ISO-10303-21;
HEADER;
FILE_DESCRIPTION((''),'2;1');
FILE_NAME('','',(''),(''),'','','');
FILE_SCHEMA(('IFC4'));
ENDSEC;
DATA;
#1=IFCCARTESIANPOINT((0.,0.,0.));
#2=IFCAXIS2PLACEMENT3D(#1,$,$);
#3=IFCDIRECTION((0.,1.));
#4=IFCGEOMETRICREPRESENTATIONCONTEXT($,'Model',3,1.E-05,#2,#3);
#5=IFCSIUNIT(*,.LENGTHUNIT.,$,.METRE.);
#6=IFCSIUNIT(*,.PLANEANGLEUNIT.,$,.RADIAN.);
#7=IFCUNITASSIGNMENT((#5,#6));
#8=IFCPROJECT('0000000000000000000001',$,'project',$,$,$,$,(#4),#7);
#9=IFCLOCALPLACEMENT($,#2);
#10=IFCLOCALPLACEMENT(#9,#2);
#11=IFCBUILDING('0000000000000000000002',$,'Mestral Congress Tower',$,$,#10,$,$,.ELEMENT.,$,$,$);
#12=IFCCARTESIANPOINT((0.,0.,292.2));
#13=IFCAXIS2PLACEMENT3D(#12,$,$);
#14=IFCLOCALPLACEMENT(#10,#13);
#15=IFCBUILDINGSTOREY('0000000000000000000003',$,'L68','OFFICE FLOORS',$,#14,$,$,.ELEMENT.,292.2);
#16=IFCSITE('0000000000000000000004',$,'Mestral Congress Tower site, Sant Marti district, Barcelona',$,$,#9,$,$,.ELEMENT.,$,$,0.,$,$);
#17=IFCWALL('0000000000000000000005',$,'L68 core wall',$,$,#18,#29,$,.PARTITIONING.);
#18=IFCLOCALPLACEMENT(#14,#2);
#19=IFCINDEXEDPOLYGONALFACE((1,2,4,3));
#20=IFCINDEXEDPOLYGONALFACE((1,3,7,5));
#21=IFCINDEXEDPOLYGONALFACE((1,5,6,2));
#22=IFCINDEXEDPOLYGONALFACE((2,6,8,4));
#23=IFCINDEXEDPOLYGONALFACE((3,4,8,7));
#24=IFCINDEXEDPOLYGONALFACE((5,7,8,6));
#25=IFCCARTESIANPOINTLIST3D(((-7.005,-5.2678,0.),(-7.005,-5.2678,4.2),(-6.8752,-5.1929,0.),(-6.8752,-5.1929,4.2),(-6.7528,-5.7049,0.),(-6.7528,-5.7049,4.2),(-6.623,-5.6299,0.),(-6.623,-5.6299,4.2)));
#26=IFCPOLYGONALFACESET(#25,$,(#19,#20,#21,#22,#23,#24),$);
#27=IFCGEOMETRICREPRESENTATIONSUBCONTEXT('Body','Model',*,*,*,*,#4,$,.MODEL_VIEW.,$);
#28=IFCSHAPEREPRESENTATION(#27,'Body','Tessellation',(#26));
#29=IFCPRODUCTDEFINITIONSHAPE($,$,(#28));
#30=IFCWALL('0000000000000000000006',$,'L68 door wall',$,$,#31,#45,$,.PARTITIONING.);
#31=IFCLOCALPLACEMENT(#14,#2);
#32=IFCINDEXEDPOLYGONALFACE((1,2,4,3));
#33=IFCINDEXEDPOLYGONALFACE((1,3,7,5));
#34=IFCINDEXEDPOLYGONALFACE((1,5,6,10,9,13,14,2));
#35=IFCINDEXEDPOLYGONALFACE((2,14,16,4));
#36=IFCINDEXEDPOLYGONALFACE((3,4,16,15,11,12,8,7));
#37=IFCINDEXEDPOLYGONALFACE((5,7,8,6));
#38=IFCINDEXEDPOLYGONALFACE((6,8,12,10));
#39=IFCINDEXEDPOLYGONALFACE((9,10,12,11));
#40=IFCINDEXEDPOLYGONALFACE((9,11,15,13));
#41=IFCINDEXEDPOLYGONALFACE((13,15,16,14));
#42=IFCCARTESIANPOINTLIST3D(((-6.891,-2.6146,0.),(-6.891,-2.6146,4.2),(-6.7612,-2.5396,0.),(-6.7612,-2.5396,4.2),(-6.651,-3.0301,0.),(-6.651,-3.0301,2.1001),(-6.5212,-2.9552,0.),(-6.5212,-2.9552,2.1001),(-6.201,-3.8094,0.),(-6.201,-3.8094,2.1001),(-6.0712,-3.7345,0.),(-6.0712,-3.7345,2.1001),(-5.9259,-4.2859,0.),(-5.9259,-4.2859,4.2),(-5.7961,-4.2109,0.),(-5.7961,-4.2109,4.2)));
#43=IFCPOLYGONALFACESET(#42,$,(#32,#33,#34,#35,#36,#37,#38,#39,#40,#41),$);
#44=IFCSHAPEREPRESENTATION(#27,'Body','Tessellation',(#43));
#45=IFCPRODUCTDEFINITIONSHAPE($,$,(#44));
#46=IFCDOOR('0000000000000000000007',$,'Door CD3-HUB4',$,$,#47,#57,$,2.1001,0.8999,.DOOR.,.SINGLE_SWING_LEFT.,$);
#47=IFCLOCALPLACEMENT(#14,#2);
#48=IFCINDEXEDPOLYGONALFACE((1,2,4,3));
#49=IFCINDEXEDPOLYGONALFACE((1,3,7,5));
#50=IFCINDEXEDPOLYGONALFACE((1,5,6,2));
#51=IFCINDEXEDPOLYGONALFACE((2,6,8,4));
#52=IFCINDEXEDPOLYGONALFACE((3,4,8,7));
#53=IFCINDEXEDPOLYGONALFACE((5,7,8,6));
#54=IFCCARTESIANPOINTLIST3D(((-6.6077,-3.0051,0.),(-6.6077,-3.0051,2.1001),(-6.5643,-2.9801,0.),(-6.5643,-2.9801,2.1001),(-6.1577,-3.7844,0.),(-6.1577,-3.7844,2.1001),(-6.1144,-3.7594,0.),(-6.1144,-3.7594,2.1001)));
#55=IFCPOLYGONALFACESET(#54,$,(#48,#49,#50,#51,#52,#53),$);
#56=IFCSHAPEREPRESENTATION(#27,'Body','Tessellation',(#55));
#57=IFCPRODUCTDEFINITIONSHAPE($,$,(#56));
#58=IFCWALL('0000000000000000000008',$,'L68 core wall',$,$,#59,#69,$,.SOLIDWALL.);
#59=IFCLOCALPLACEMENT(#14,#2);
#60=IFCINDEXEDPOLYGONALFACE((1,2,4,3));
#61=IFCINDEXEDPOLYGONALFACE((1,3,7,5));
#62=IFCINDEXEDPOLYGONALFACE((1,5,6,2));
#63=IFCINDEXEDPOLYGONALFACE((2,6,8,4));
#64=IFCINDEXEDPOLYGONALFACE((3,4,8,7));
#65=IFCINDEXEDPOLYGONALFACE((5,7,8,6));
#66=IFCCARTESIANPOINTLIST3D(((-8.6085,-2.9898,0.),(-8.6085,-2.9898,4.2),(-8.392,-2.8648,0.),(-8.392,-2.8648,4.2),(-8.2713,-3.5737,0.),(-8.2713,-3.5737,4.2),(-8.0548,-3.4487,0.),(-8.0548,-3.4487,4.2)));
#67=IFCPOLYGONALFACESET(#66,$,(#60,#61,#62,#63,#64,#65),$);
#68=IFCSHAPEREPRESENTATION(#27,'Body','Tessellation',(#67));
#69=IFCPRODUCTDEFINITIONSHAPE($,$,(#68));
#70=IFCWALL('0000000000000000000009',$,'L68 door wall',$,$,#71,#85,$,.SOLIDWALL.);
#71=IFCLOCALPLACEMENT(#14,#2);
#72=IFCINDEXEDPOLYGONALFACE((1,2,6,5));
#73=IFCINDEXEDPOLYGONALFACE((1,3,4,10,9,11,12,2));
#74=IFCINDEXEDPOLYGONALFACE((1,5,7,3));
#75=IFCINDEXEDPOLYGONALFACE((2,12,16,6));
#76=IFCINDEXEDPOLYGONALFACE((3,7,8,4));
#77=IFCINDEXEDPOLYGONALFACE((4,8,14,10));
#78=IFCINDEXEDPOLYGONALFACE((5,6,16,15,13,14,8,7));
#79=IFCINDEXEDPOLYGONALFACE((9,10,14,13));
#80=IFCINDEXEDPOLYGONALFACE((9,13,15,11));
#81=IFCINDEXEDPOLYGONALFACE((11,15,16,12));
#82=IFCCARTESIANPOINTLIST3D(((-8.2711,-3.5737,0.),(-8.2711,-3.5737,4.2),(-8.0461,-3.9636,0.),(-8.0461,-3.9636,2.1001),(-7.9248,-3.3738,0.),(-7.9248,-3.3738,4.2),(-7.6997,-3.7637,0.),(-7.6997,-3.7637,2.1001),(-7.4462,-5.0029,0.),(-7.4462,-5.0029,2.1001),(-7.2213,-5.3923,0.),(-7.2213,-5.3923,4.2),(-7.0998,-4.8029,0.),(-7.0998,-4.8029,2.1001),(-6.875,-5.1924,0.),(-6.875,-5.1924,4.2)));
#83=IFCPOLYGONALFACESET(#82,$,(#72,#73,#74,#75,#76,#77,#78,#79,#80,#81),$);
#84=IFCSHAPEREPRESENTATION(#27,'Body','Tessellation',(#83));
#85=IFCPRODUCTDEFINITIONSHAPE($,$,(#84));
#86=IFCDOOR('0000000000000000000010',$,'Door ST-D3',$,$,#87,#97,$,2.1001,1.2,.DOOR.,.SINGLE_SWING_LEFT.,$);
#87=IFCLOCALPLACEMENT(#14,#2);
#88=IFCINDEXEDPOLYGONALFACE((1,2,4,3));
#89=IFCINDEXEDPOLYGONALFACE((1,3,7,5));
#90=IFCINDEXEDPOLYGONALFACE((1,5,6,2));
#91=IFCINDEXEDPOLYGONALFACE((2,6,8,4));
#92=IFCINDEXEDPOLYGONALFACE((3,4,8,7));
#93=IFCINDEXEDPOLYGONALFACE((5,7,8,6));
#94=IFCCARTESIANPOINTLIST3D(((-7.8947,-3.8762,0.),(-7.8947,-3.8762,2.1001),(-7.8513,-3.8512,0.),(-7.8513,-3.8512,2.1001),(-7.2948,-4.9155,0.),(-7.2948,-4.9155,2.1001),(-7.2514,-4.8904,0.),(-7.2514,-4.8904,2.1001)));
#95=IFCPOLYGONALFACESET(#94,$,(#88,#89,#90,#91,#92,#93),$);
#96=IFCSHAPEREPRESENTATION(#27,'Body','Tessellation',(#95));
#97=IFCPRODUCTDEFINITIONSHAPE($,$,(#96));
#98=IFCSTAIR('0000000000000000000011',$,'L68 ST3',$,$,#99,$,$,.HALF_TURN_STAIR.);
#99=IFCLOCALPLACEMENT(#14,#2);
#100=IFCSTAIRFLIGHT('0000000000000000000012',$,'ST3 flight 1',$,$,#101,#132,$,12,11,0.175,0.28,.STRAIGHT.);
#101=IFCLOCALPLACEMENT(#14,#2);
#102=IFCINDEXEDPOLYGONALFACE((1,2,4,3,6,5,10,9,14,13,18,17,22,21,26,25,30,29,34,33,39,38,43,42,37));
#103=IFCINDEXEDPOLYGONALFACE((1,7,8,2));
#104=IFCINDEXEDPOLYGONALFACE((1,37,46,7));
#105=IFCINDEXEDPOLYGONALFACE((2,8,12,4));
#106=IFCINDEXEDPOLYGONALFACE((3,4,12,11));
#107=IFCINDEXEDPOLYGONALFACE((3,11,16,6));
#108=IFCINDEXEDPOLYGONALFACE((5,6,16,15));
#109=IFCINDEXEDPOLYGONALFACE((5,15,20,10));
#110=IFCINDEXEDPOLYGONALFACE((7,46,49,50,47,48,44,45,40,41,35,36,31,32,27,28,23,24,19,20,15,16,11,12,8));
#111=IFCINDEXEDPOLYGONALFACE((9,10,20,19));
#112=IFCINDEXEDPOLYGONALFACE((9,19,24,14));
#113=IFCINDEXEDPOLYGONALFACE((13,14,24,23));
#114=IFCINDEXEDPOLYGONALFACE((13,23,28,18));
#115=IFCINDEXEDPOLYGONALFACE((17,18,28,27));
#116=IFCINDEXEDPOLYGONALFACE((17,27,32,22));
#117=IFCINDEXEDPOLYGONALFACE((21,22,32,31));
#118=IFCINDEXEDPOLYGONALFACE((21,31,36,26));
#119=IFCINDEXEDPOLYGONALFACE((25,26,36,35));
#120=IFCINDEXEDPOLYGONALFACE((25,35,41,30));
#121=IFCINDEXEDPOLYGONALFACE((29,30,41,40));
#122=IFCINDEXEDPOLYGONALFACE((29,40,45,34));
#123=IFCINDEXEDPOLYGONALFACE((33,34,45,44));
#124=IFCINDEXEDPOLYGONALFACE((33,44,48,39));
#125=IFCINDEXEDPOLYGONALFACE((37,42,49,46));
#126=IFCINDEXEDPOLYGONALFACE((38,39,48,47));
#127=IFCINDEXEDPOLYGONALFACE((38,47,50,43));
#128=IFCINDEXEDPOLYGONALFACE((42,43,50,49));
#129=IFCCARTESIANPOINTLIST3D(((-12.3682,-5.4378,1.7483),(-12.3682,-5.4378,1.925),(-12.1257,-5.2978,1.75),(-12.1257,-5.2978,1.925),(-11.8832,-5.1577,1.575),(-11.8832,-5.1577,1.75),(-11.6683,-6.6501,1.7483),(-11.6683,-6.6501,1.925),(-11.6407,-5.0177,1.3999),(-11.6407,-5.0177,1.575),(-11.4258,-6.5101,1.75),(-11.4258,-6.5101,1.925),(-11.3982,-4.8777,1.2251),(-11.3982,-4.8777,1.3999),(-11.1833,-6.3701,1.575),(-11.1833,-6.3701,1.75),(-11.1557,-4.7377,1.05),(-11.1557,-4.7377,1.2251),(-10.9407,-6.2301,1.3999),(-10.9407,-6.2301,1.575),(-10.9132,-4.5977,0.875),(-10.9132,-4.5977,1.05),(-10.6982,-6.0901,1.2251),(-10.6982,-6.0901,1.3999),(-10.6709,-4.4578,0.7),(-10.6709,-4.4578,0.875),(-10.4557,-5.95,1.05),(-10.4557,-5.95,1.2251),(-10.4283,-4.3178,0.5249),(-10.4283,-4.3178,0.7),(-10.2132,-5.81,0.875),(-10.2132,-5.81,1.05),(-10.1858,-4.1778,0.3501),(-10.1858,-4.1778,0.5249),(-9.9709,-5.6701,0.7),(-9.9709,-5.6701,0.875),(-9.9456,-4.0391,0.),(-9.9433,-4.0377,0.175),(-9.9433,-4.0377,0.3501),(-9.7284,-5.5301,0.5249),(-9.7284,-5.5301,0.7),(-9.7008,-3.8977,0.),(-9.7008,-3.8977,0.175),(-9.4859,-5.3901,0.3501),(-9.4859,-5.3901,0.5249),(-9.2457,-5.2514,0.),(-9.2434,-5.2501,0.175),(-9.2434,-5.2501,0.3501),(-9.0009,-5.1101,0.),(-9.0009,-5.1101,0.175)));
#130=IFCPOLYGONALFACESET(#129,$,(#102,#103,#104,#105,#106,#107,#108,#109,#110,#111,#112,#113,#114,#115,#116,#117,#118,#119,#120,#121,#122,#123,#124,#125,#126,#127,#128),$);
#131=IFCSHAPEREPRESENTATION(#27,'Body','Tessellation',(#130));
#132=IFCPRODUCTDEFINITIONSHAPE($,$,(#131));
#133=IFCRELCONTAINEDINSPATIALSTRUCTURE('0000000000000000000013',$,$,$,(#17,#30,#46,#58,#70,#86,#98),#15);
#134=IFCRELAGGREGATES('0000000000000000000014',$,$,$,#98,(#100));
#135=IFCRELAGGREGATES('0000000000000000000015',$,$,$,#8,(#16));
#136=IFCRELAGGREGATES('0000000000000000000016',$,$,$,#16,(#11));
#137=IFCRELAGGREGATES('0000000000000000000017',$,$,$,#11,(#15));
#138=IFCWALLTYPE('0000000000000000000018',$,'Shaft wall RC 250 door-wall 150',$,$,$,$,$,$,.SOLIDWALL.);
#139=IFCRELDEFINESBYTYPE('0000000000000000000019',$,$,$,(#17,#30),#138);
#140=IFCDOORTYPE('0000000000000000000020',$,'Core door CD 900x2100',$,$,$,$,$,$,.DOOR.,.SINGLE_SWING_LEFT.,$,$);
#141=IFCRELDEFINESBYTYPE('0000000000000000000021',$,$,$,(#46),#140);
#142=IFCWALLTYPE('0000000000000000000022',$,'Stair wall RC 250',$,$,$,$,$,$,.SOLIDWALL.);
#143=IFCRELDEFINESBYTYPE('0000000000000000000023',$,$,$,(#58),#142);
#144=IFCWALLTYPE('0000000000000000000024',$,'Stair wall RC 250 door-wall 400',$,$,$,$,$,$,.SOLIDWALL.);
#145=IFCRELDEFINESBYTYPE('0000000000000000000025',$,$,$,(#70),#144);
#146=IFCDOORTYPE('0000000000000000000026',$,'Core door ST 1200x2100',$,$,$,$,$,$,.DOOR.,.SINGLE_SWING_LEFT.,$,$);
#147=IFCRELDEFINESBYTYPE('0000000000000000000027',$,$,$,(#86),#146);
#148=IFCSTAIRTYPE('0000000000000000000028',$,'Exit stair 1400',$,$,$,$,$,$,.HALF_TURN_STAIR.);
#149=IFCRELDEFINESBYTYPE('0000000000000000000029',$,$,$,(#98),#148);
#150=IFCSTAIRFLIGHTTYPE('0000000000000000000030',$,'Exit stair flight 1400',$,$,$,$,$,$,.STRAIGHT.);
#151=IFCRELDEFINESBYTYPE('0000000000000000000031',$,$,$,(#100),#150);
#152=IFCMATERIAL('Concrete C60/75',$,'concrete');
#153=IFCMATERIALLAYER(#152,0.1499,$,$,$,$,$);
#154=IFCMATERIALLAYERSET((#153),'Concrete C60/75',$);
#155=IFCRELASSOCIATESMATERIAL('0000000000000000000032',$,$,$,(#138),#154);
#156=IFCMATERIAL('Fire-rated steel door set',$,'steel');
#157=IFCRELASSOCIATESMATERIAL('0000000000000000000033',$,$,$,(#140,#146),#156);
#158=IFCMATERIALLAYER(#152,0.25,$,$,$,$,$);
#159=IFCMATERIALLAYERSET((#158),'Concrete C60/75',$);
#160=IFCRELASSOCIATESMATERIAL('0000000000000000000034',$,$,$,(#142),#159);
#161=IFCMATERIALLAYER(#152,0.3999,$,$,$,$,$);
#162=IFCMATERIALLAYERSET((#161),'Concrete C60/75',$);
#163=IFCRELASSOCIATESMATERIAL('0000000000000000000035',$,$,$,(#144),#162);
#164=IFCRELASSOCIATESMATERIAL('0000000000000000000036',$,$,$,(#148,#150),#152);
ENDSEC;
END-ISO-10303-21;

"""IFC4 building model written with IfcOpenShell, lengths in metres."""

from ifc_helpers import new_model, si_unit, direction, frame, frame_2d, origin, place, context, subcontext, project, spatial, polyline, rectangle, outline, extrude, material, layer, layer_set, type_object, element, fill, aggregate, save


model = new_model("IFC4")

# Units and contexts
model_context = context("Model", 3, precision=1e-05, world=origin(), true_north=direction((0.0, 1.0)))
body_context = subcontext(model_context, "Body", "Model", "MODEL_VIEW")
ifc_project = project(units=[si_unit("LENGTHUNIT", "METRE"), si_unit("PLANEANGLEUNIT", "RADIAN")], contexts=[model_context])

# Site, building, storey
site_placement = place(None, origin())
site = spatial("IfcSite", under=ifc_project, at=site_placement, Name="Mestral Congress Tower site, Sant Marti district, Barcelona", CompositionType="ELEMENT", RefElevation=0.0)
building_placement = place(site_placement, origin())
building = spatial("IfcBuilding", under=site, at=building_placement, Name="Mestral Congress Tower", CompositionType="ELEMENT")
storey_placement = place(building_placement, frame((0.0, 0.0, 292.2)))
storey = spatial("IfcBuildingStorey", under=building, at=storey_placement, Name="L68", Description="OFFICE FLOORS", CompositionType="ELEMENT", Elevation=292.2)

# Shared definitions
ifc_material_1 = material(Name="Fire-rated steel door set", Category="steel")

# Shared definitions
ifc_material_2 = material(Name="Concrete C60/75", Category="concrete")

# Wall
ifc_layer_1 = layer(ifc_material_2, 0.1499)
ifc_layer_set_1 = layer_set([ifc_layer_1], Name="Concrete C60/75")
wall_type_1 = type_object("IfcWallType", Name="Shaft wall RC 250 door-wall 150", PredefinedType="SOLIDWALL", material=ifc_layer_set_1)
wall_1_placement = place(storey_placement, frame((-6.9402, -5.2302, 0.0), z_axis=(0.0, 0.0, 1.0), x_axis=(0.499834, -0.866121, 0.0)))
element("IfcWall", 1, at=wall_1_placement, inside=storey, type_object=wall_type_1, Name="L68 core wall", PredefinedType="PARTITIONING", context=body_context, shape_type="SweptSolid", body=[
    extrude(rectangle(XDim=0.5046, YDim=0.1499, at=frame_2d((0.2524, 0.0))), origin(), (0.0, 0.0, 1.0), 4.2),
])

# Wall, opening, door
wall_2_placement = place(storey_placement, frame((-5.8611, -4.2483, 0.0), z_axis=(0.0, 0.0, 1.0), x_axis=(-0.500044, 0.866, 0.0)))
wall_2 = element("IfcWall", 2, at=wall_2_placement, inside=storey, type_object=wall_type_1, Name="L68 door wall", PredefinedType="PARTITIONING", context=body_context, shape_type="SweptSolid", body=[
    extrude(rectangle(XDim=1.9299, YDim=0.1499, at=frame_2d((0.9648, 0.0))), origin(), (0.0, 0.0, 1.0), 4.2),
])
opening_1_placement = place(wall_2_placement, frame((0.55, 0.0, 0.0)))
opening_1 = element("IfcOpeningElement", 3, at=opening_1_placement, cuts=wall_2, PredefinedType="OPENING", context=body_context, shape_type="SweptSolid", body=[
    extrude(rectangle(XDim=0.8999, YDim=2.1001, at=frame_2d((0.45, 1.05))), frame((0.0, 0.085, 0.0), z_axis=(0.0, -1.0, 0.0), x_axis=(1.0, 0.0, 0.0)), (0.0, 0.0, 1.0), 0.1699),
])
door_type_1 = type_object("IfcDoorType", Name="Core door CD 900x2100", OperationType="SINGLE_SWING_LEFT", PredefinedType="DOOR", material=ifc_material_1)
door_1_placement = place(opening_1_placement, origin())
door_1 = element("IfcDoor", 4, at=door_1_placement, inside=storey, type_object=door_type_1, Name="Door CD3-HUB4", OperationType="SINGLE_SWING_LEFT", OverallHeight=2.1001, OverallWidth=0.8999, PredefinedType="DOOR", context=body_context, shape_type="SweptSolid", body=[
    extrude(rectangle(XDim=0.8999, YDim=2.1001, at=frame_2d((0.45, 1.05))), frame((0.0, 0.0249, 0.0), z_axis=(0.0, -1.0, 0.0), x_axis=(1.0, 0.0, 0.0)), (0.0, 0.0, 1.0), 0.05),
])
fill(opening_1, door_1)

# Wall
ifc_layer_2 = layer(ifc_material_2, 0.25)
ifc_layer_set_2 = layer_set([ifc_layer_2], Name="Concrete C60/75")
wall_type_2 = type_object("IfcWallType", Name="Stair wall RC 250", PredefinedType="SOLIDWALL", material=ifc_layer_set_2)
wall_3_placement = place(storey_placement, frame((-8.1631, -3.5112, 0.0), z_axis=(0.0, 0.0, 1.0), x_axis=(-0.499994, 0.866029, 0.0)))
element("IfcWall", 5, at=wall_3_placement, inside=storey, type_object=wall_type_2, Name="L68 core wall", PredefinedType="SOLIDWALL", context=body_context, shape_type="SweptSolid", body=[
    extrude(rectangle(XDim=0.6743, YDim=0.25, at=frame_2d((0.3372, 0.0))), origin(), (0.0, 0.0, 1.0), 4.2),
])

# Wall, opening, door
ifc_layer_3 = layer(ifc_material_2, 0.3999)
ifc_layer_set_3 = layer_set([ifc_layer_3], Name="Concrete C60/75")
wall_type_3 = type_object("IfcWallType", Name="Stair wall RC 250 door-wall 400", PredefinedType="SOLIDWALL", material=ifc_layer_set_3)
wall_4_placement = place(storey_placement, frame((-8.0979, -3.4739, 0.0), z_axis=(0.0, 0.0, 1.0), x_axis=(0.499941, -0.86606, 0.0)))
wall_4 = element("IfcWall", 6, at=wall_4_placement, inside=storey, type_object=wall_type_3, Name="L68 door wall", PredefinedType="SOLIDWALL", context=body_context, shape_type="SweptSolid", body=[
    extrude(rectangle(XDim=2.0999, YDim=0.3999, at=frame_2d((1.0498, 0.0))), origin(), (0.0, 0.0, 1.0), 4.2),
])
opening_2_placement = place(wall_4_placement, frame((0.45, 0.0, 0.0)))
opening_2 = element("IfcOpeningElement", 7, at=opening_2_placement, cuts=wall_4, PredefinedType="OPENING", context=body_context, shape_type="SweptSolid", body=[
    extrude(rectangle(XDim=1.2, YDim=2.1001, at=frame_2d((0.6001, 1.05))), frame((0.0, 0.21, 0.0), z_axis=(0.0, -1.0, 0.0), x_axis=(1.0, 0.0, 0.0)), (0.0, 0.0, 1.0), 0.4199),
])
door_type_2 = type_object("IfcDoorType", Name="Core door ST 1200x2100", OperationType="SINGLE_SWING_LEFT", PredefinedType="DOOR", material=ifc_material_1)
door_2_placement = place(opening_2_placement, origin())
door_2 = element("IfcDoor", 8, at=door_2_placement, inside=storey, type_object=door_type_2, Name="Door ST-D3", OperationType="SINGLE_SWING_LEFT", OverallHeight=2.1001, OverallWidth=1.2, PredefinedType="DOOR", context=body_context, shape_type="SweptSolid", body=[
    extrude(rectangle(XDim=1.2, YDim=2.1001, at=frame_2d((0.6001, 1.05))), frame((0.0, 0.0249, 0.0), z_axis=(0.0, -1.0, 0.0), x_axis=(1.0, 0.0, 0.0)), (0.0, 0.0, 1.0), 0.05),
])
fill(opening_2, door_2)

# Stair, stair flight
stair_type = type_object("IfcStairType", Name="Exit stair 1400", PredefinedType="HALF_TURN_STAIR", material=ifc_material_2)
stair_placement = place(storey_placement, origin())
stair = element("IfcStair", 9, at=stair_placement, inside=storey, type_object=stair_type, Name="L68 ST3", PredefinedType="HALF_TURN_STAIR")
stair_flight_type = type_object("IfcStairFlightType", Name="Exit stair flight 1400", PredefinedType="STRAIGHT", material=ifc_material_2)
stair_flight_placement = place(storey_placement, frame((-9.3508, -4.5039, 0.0), z_axis=(0.0, 0.0, 1.0), x_axis=(-0.866025, -0.5, 0.0)))
stair_flight = element("IfcStairFlight", 10, at=stair_flight_placement, type_object=stair_flight_type, Name="ST3 flight 1", NumberOfRisers=12, NumberOfTreads=11, PredefinedType="STRAIGHT", RiserHeight=0.175, TreadLength=0.28, context=body_context, shape_type="SweptSolid", body=[
    extrude(outline(polyline([(0.0, 0.0), (0.0, 0.175), (0.28, 0.175), (0.28, 0.3501), (0.5601, 0.3501), (0.5601, 0.5249), (0.8401, 0.5249), (0.8401, 0.7), (1.1201, 0.7), (1.1201, 0.875), (1.3999, 0.875), (1.3999, 1.05), (1.6799, 1.05), (1.6799, 1.2251), (1.96, 1.2251), (1.96, 1.3999), (2.24, 1.3999), (2.24, 1.575), (2.52, 1.575), (2.52, 1.75), (2.8, 1.75), (2.8, 1.925), (3.0801, 1.925), (3.0801, 2.1001), (3.0801, 1.7483), (0.2827, 0.0), (0.0, 0.0)])), frame((0.0, 0.7, 0.0), z_axis=(0.0, -1.0, 0.0), x_axis=(1.0, 0.0, 0.0)), (0.0, 0.0, 1.0), 1.3999),
])
aggregate(stair, [stair_flight])

save(model, "model.ifc")
